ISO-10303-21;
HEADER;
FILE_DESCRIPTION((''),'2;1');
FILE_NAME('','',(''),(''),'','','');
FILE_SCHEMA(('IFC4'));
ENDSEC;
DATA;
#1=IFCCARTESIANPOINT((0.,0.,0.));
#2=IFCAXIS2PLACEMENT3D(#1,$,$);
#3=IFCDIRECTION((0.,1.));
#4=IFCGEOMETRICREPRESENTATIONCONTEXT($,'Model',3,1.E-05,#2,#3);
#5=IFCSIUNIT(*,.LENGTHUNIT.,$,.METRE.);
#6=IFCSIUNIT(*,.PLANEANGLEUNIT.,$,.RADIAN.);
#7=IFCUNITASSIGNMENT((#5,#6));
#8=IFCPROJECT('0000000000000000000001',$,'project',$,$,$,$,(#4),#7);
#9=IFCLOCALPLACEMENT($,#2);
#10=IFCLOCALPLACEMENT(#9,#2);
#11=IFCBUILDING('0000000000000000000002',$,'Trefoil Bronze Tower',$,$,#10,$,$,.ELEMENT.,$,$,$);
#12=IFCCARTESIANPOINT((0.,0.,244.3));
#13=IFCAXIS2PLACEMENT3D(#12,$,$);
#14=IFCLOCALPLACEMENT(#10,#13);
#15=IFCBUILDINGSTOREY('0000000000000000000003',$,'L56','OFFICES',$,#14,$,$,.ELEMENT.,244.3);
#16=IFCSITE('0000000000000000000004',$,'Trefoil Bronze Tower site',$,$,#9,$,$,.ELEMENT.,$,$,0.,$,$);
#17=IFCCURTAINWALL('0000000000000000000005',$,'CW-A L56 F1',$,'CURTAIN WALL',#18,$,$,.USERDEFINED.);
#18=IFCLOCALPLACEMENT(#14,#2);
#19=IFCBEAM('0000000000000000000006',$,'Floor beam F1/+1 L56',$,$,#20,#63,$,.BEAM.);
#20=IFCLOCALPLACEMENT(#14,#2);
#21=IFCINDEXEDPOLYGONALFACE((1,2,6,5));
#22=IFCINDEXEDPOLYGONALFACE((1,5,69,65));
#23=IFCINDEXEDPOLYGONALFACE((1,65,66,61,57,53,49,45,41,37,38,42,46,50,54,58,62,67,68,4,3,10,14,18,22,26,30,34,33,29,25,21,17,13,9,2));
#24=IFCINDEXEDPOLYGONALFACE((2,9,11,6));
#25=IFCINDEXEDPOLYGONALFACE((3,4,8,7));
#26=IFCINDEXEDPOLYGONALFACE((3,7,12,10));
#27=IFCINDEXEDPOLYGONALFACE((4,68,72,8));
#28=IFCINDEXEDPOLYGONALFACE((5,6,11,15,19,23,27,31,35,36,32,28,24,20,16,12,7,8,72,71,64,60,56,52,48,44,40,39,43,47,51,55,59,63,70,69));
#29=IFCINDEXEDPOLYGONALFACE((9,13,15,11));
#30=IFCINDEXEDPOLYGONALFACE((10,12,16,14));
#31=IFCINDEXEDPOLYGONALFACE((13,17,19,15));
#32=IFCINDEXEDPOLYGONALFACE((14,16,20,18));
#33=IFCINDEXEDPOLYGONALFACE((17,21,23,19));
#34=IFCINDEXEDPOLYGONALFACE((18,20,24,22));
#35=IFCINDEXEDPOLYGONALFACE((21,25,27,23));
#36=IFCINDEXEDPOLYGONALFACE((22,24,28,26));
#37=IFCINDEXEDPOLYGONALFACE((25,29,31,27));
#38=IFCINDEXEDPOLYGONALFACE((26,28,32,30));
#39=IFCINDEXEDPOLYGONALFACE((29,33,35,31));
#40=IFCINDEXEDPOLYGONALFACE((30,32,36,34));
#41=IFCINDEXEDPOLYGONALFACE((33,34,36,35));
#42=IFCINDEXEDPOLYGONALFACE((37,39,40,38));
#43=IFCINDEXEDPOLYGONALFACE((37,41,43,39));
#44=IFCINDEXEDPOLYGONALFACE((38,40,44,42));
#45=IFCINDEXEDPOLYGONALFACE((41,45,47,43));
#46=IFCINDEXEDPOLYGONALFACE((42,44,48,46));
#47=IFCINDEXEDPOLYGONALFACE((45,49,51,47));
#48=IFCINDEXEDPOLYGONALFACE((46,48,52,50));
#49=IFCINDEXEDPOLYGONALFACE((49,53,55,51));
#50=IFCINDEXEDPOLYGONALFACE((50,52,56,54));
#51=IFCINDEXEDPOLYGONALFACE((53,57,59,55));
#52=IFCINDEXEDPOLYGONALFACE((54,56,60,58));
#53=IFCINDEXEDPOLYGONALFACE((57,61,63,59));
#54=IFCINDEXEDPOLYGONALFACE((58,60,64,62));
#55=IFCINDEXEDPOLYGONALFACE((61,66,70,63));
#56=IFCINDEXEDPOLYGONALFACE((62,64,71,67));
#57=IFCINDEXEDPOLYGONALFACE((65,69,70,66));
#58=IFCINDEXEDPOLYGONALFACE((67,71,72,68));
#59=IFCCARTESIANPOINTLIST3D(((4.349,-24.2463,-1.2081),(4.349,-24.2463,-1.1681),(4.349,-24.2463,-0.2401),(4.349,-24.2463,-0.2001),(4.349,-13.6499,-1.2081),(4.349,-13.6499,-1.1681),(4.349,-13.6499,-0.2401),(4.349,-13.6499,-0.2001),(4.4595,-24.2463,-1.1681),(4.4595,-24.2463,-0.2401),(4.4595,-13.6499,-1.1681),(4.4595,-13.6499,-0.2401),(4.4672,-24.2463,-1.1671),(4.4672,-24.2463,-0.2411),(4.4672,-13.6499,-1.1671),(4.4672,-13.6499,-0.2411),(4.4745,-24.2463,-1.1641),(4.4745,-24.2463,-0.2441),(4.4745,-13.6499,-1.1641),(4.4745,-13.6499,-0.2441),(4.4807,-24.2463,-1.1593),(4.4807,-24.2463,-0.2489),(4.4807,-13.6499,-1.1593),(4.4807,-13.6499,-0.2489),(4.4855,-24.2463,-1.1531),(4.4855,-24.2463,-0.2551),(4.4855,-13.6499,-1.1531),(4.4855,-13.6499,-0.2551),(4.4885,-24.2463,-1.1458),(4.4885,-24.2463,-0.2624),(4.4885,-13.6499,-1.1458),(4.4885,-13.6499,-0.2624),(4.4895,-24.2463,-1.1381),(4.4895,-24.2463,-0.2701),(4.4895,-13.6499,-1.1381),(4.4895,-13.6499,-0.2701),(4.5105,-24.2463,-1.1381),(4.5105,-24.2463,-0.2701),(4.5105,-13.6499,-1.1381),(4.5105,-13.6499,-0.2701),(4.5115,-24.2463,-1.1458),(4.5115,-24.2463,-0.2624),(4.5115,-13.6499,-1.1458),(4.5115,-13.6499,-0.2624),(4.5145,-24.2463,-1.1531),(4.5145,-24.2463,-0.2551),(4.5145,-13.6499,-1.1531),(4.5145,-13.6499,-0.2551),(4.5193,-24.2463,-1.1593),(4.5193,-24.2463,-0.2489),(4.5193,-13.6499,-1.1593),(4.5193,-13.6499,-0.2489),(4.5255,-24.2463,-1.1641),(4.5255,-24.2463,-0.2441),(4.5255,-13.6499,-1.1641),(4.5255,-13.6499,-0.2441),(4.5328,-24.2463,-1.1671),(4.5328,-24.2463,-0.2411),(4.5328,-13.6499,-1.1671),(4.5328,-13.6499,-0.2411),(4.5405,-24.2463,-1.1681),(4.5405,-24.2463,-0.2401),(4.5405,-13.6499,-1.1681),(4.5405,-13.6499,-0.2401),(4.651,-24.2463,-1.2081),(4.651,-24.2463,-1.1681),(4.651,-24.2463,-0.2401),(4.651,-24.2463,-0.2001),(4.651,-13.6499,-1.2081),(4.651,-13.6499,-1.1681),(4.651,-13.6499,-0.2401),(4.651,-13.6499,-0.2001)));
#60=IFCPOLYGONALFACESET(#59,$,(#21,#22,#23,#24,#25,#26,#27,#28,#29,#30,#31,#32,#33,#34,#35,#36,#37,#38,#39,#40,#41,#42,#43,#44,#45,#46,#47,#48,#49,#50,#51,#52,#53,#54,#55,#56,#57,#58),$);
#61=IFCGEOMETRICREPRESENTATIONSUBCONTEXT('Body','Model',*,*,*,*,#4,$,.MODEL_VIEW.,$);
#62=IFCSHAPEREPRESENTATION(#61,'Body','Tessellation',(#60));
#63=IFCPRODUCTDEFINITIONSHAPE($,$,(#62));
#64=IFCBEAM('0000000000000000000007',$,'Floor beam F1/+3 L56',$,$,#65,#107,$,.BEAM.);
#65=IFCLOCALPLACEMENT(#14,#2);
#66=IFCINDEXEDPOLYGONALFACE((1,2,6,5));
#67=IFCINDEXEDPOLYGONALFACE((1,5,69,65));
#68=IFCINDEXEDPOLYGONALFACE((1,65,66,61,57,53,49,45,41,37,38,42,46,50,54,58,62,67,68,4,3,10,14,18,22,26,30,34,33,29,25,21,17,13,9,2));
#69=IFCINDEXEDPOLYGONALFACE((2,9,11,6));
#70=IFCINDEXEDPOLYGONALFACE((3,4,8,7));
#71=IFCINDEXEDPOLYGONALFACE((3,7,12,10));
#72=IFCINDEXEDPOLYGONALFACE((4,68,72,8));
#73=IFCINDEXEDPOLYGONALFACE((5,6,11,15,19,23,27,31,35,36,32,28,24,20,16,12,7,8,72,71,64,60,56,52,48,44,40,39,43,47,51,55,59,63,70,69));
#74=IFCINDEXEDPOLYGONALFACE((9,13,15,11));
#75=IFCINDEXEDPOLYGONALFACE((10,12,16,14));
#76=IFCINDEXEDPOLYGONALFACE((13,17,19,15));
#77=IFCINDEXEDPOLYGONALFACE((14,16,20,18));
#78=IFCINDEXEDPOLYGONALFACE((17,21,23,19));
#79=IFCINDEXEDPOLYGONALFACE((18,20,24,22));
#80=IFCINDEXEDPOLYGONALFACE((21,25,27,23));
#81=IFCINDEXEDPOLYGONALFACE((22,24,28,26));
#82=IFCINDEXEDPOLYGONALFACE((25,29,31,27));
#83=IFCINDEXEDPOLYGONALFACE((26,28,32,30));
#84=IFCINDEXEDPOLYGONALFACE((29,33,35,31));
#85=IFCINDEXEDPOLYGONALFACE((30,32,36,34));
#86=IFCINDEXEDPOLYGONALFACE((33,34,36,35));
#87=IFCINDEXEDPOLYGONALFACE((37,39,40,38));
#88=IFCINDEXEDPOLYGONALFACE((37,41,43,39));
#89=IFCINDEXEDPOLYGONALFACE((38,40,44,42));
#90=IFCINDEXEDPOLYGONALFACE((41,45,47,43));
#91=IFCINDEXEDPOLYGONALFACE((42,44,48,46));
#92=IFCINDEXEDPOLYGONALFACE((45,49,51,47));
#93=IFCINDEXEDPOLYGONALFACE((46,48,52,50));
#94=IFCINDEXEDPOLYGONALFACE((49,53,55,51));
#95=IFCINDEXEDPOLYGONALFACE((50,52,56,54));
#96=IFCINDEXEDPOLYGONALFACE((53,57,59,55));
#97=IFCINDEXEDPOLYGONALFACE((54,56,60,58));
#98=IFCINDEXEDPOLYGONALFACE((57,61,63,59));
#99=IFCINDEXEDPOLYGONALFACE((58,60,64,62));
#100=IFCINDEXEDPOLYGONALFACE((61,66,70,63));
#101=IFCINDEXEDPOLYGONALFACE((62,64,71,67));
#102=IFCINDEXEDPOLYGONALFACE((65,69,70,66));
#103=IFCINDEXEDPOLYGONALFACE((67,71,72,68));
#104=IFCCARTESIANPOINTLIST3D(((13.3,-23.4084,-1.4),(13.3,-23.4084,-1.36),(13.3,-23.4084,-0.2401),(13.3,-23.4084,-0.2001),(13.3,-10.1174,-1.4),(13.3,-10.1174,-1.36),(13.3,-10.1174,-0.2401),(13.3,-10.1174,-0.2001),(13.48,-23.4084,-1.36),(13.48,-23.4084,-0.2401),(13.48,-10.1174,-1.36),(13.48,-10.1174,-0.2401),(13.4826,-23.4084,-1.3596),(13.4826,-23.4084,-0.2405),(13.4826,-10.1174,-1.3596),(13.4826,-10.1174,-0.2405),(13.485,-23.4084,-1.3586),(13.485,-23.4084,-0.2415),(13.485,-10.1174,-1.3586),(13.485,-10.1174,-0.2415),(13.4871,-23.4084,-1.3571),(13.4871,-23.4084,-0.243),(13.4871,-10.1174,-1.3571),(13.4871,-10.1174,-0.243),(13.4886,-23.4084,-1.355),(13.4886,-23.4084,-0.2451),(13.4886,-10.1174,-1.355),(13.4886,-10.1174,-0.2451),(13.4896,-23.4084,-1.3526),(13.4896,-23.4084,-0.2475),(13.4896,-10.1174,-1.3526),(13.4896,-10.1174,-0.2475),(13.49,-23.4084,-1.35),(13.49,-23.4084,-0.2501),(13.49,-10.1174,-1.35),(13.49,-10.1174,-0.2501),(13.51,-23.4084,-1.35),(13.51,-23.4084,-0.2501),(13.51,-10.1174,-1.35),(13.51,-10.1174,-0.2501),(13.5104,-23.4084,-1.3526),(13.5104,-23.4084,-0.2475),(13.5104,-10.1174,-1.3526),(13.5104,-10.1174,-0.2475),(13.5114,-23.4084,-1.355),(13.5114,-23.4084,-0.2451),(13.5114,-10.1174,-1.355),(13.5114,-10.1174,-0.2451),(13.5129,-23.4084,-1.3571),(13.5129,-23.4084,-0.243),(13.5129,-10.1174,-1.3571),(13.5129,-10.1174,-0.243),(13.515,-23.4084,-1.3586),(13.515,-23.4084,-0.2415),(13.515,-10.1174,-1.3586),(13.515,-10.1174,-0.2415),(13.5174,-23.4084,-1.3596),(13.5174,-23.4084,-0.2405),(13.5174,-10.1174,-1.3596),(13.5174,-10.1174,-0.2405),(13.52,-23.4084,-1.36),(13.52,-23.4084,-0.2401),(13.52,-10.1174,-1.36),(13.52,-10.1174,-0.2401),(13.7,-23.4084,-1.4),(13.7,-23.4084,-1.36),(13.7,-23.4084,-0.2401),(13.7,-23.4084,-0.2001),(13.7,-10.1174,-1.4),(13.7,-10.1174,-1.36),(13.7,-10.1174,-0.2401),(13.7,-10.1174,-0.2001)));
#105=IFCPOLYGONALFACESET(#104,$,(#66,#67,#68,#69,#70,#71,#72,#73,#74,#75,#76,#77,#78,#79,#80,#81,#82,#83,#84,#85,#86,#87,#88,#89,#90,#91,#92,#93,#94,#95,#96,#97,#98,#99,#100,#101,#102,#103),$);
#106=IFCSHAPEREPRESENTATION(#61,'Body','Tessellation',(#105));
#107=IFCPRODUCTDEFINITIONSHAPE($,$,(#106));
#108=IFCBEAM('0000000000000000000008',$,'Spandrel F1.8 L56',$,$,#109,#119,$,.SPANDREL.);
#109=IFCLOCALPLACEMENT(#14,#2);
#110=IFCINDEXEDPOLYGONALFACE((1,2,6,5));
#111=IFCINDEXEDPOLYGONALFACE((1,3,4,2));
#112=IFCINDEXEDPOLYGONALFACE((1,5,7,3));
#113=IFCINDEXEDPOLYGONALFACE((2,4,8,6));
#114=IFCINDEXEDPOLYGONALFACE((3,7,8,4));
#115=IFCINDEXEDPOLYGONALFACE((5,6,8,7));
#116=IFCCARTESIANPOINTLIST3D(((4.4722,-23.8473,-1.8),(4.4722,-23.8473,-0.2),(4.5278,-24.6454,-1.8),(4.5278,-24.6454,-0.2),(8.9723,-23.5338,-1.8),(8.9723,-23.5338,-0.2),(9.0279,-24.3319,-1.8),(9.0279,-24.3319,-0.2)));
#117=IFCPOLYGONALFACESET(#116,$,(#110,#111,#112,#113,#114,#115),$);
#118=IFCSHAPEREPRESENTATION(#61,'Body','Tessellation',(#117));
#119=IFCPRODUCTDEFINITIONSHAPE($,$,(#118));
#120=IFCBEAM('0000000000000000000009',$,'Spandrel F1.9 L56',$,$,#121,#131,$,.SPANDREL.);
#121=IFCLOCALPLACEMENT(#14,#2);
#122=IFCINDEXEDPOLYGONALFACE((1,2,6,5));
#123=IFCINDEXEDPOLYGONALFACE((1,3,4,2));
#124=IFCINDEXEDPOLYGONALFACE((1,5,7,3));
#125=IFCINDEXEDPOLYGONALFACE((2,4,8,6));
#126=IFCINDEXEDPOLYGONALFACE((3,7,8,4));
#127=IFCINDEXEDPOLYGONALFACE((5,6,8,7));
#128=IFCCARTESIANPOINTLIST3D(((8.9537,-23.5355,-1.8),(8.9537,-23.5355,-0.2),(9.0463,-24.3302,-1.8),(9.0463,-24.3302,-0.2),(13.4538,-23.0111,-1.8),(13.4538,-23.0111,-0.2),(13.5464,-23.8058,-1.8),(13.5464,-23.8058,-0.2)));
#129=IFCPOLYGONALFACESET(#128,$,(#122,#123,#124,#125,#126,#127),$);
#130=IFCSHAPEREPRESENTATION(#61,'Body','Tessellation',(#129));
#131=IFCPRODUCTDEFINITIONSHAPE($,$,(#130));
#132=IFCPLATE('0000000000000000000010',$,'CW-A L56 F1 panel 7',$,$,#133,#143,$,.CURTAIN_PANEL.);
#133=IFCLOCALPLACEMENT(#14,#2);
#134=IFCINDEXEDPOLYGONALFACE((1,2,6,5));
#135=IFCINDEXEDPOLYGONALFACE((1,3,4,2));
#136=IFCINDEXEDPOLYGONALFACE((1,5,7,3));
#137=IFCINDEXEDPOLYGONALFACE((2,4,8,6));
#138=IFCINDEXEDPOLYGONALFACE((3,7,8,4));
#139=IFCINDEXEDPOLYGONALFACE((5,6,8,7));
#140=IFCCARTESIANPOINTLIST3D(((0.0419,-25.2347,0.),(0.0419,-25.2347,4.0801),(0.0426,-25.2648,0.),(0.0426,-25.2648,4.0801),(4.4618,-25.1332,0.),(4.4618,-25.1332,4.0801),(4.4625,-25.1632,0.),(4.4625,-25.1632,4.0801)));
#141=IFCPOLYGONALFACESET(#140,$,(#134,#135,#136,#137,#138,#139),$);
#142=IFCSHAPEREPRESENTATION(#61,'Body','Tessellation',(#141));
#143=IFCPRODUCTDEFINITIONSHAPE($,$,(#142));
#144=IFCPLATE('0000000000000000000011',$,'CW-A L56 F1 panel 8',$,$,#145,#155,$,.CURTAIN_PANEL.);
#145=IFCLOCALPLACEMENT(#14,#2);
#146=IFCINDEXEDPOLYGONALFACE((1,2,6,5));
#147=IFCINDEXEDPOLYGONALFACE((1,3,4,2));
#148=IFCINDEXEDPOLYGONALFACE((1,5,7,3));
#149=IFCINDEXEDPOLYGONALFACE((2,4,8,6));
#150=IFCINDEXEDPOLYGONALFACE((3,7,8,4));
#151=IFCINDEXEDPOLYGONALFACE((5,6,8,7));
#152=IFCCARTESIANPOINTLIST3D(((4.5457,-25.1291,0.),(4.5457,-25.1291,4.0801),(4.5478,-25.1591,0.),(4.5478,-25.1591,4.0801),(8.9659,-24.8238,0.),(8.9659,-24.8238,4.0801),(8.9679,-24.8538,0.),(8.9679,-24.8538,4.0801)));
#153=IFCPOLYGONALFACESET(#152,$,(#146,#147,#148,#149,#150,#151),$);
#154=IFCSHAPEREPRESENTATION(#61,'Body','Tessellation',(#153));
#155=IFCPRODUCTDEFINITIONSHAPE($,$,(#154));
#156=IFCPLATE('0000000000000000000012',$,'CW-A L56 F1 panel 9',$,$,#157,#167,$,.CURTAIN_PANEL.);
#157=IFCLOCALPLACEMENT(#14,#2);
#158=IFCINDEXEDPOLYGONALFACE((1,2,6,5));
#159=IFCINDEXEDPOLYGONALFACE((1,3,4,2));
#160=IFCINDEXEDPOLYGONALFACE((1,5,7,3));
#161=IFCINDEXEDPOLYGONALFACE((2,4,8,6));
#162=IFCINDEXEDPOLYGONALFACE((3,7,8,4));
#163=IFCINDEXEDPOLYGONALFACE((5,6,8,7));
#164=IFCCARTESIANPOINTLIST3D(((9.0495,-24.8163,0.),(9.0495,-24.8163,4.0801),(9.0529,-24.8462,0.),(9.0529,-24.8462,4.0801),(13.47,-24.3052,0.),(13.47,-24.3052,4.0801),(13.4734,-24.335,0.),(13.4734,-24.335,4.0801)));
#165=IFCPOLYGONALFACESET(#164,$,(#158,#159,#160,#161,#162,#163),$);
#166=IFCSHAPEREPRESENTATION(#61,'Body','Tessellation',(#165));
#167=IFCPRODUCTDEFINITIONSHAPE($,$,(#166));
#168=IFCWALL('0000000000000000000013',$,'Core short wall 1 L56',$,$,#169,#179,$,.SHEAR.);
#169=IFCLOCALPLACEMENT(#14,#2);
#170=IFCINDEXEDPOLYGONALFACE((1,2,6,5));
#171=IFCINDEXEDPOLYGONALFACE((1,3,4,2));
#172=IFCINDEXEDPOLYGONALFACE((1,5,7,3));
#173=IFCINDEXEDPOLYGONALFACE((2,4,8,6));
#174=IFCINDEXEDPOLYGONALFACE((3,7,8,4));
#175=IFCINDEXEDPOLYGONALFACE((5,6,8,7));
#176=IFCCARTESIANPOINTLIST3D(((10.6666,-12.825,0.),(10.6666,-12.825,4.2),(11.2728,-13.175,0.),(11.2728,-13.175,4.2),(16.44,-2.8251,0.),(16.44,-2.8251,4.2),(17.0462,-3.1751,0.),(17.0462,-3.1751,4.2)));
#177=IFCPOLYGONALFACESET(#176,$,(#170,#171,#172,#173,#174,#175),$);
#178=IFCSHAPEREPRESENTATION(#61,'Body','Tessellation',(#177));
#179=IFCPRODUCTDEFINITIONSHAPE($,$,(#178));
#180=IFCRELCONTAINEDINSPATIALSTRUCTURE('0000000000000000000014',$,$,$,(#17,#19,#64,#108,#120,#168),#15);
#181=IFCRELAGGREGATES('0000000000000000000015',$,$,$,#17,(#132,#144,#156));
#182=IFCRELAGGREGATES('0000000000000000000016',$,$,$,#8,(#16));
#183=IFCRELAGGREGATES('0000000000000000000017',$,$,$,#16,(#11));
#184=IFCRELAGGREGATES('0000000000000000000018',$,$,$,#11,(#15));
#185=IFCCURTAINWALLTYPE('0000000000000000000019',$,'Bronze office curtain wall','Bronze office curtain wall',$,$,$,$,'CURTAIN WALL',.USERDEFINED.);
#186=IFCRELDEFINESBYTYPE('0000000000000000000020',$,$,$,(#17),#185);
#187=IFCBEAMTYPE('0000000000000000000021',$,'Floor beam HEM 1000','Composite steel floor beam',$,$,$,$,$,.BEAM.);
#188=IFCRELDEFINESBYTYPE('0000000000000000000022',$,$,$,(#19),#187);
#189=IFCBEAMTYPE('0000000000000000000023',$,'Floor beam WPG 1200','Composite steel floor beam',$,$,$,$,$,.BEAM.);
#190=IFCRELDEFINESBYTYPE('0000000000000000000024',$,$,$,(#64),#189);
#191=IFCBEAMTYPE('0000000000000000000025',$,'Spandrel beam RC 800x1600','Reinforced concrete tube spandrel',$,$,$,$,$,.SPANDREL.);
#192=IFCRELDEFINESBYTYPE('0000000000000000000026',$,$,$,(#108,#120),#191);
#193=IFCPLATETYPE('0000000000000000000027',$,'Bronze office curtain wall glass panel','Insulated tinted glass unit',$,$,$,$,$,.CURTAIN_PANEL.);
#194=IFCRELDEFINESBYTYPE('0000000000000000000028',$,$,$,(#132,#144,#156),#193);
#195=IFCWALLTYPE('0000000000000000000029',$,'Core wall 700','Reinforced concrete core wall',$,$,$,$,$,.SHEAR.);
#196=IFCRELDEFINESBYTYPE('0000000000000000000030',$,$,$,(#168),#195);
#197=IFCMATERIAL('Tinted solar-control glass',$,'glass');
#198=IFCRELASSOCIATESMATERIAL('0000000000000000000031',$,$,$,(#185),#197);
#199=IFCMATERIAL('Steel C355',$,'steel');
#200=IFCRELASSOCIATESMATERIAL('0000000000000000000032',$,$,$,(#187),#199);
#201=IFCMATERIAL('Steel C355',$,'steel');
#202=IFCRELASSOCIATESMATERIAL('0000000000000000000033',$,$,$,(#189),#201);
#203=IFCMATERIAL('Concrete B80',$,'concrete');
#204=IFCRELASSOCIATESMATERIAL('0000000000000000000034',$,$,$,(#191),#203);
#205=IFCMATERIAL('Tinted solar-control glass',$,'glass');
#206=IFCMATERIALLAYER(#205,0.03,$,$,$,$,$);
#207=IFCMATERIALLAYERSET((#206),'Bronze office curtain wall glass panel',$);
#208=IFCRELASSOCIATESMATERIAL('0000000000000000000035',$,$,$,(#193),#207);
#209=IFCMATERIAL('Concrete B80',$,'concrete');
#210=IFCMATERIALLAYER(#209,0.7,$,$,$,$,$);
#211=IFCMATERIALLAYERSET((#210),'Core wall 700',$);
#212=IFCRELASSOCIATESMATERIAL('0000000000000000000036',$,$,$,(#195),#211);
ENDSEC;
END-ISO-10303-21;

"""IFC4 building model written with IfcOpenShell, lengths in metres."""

from ifc_helpers import new_model, si_unit, direction, frame, frame_2d, origin, origin_2d, place, context, subcontext, project, spatial, rectangle, i_section, extrude, material, layer, layer_set, material_profile, profile_set, type_object, element, aggregate, save


model = new_model("IFC4")

# Units and contexts
model_context = context("Model", 3, precision=1e-05, world=origin(), true_north=direction((0.0, 1.0)))
body_context = subcontext(model_context, "Body", "Model", "MODEL_VIEW")
ifc_project = project(units=[si_unit("LENGTHUNIT", "METRE"), si_unit("PLANEANGLEUNIT", "RADIAN")], contexts=[model_context])

# Site, building, storey
site_placement = place(None, origin())
site = spatial("IfcSite", under=ifc_project, at=site_placement, Name="Trefoil Bronze Tower site", CompositionType="ELEMENT", RefElevation=0.0)
building_placement = place(site_placement, origin())
building = spatial("IfcBuilding", under=site, at=building_placement, Name="Trefoil Bronze Tower", CompositionType="ELEMENT")
storey_placement = place(building_placement, frame((0.0, 0.0, 244.3)))
storey = spatial("IfcBuildingStorey", under=building, at=storey_placement, Name="L56", Description="OFFICES", CompositionType="ELEMENT", Elevation=244.3)

# Curtain wall
ifc_material_1 = material(Name="Tinted solar-control glass", Category="glass")
curtain_wall_type = type_object("IfcCurtainWallType", Name="Bronze office curtain wall", Description="Bronze office curtain wall", ElementType="CURTAIN WALL", PredefinedType="USERDEFINED", material=ifc_material_1)
curtain_wall_placement = place(storey_placement, origin())
curtain_wall = element("IfcCurtainWall", 1, at=curtain_wall_placement, inside=storey, type_object=curtain_wall_type, Name="CW-A L56 F1", ObjectType="CURTAIN WALL", PredefinedType="USERDEFINED")

# Beams
ifc_material_2 = material(Name="Steel C355", Category="steel")
ifc_material_profile_1 = material_profile(ifc_material_2, i_section(OverallWidth=0.302, OverallDepth=1.0081, WebThickness=0.021, FlangeThickness=0.04, FilletRadius=0.03, at=origin_2d()), Name="HEM 1000")
ifc_profile_set_1 = profile_set([ifc_material_profile_1], Name="Steel C355")
beam_type_1 = type_object("IfcBeamType", Name="Floor beam HEM 1000", Description="Composite steel floor beam", PredefinedType="BEAM", material=ifc_profile_set_1)
beam_1_placement = place(storey_placement, frame((4.5, -24.2463, -0.7041), z_axis=(0.0, 1.0, 0.0), x_axis=(-1.0, 0.0, 0.0)))
element("IfcBeam", 2, at=beam_1_placement, inside=storey, type_object=beam_type_1, Name="Floor beam F1/+1 L56", PredefinedType="BEAM", context=body_context, shape_type="SweptSolid", body=[
    extrude(i_section(OverallWidth=0.302, OverallDepth=1.0081, WebThickness=0.021, FlangeThickness=0.04, FilletRadius=0.03, at=origin_2d()), origin(), (0.0, 0.0, 1.0), 10.5964),
])
ifc_material_3 = material(Name="Steel C355", Category="steel")
ifc_material_profile_2 = material_profile(ifc_material_3, i_section(OverallWidth=0.3999, OverallDepth=1.2, WebThickness=0.02, FlangeThickness=0.04, FilletRadius=0.01, at=origin_2d()), Name="WPG 1200")
ifc_profile_set_2 = profile_set([ifc_material_profile_2], Name="Steel C355")
beam_type_2 = type_object("IfcBeamType", Name="Floor beam WPG 1200", Description="Composite steel floor beam", PredefinedType="BEAM", material=ifc_profile_set_2)
beam_2_placement = place(storey_placement, frame((13.5, -23.4084, -0.8), z_axis=(0.0, 1.0, 0.0), x_axis=(-1.0, 0.0, 0.0)))
element("IfcBeam", 3, at=beam_2_placement, inside=storey, type_object=beam_type_2, Name="Floor beam F1/+3 L56", PredefinedType="BEAM", context=body_context, shape_type="SweptSolid", body=[
    extrude(i_section(OverallWidth=0.3999, OverallDepth=1.2, WebThickness=0.02, FlangeThickness=0.04, FilletRadius=0.01, at=origin_2d()), origin(), (0.0, 0.0, 1.0), 13.291),
])
ifc_material_4 = material(Name="Concrete B80", Category="concrete")
ifc_material_profile_3 = material_profile(ifc_material_4, rectangle(XDim=0.8, YDim=1.6001, at=origin_2d()), Name="RC 800x1600")
ifc_profile_set_3 = profile_set([ifc_material_profile_3], Name="Concrete B80")
beam_type_3 = type_object("IfcBeamType", Name="Spandrel beam RC 800x1600", Description="Reinforced concrete tube spandrel", PredefinedType="SPANDREL", material=ifc_profile_set_3)
beam_3_placement = place(storey_placement, frame((4.5, -24.2463, -1.0), z_axis=(0.997582, 0.069493, 0.0), x_axis=(-0.069493, 0.997582, 0.0)))
element("IfcBeam", 4, at=beam_3_placement, inside=storey, type_object=beam_type_3, Name="Spandrel F1.8 L56", PredefinedType="SPANDREL", context=body_context, shape_type="SweptSolid", body=[
    extrude(rectangle(XDim=0.8, YDim=1.6001, at=origin_2d()), origin(), (0.0, 0.0, 1.0), 4.511),
])
beam_4_placement = place(storey_placement, frame((9.0, -23.9329, -1.0), z_axis=(0.993278, 0.115753, 0.0), x_axis=(-0.115753, 0.993278, 0.0)))
element("IfcBeam", 5, at=beam_4_placement, inside=storey, type_object=beam_type_3, Name="Spandrel F1.9 L56", PredefinedType="SPANDREL", context=body_context, shape_type="SweptSolid", body=[
    extrude(rectangle(XDim=0.8, YDim=1.6001, at=origin_2d()), origin(), (0.0, 0.0, 1.0), 4.5305),
])

# Plates
ifc_material_5 = material(Name="Tinted solar-control glass", Category="glass")
ifc_layer_1 = layer(ifc_material_5, 0.03)
ifc_layer_set_1 = layer_set([ifc_layer_1], Name="Bronze office curtain wall glass panel")
plate_type = type_object("IfcPlateType", Name="Bronze office curtain wall glass panel", Description="Insulated tinted glass unit", PredefinedType="CURTAIN_PANEL", material=ifc_layer_set_1)
plate_1_placement = place(storey_placement, frame((2.2522, -25.199, 0.0), z_axis=(0.0, 0.0, 1.0), x_axis=(0.999736, 0.022972, 0.0)))
plate_1 = element("IfcPlate", 6, at=plate_1_placement, type_object=plate_type, Name="CW-A L56 F1 panel 7", PredefinedType="CURTAIN_PANEL", context=body_context, shape_type="SweptSolid", body=[
    extrude(rectangle(XDim=4.4211, YDim=0.03, at=origin_2d()), origin(), (0.0, 0.0, 1.0), 4.0801),
])
plate_2_placement = place(storey_placement, frame((6.7568, -24.9915, 0.0), z_axis=(0.0, 0.0, 1.0), x_axis=(0.997623, 0.068915, 0.0)))
plate_2 = element("IfcPlate", 7, at=plate_2_placement, type_object=plate_type, Name="CW-A L56 F1 panel 8", PredefinedType="CURTAIN_PANEL", context=body_context, shape_type="SweptSolid", body=[
    extrude(rectangle(XDim=4.4307, YDim=0.03, at=origin_2d()), origin(), (0.0, 0.0, 1.0), 4.0801),
])
plate_3_placement = place(storey_placement, frame((11.2615, -24.5757, 0.0), z_axis=(0.0, 0.0, 1.0), x_axis=(0.993382, 0.114859, 0.0)))
plate_3 = element("IfcPlate", 8, at=plate_3_placement, type_object=plate_type, Name="CW-A L56 F1 panel 9", PredefinedType="CURTAIN_PANEL", context=body_context, shape_type="SweptSolid", body=[
    extrude(rectangle(XDim=4.45, YDim=0.03, at=origin_2d()), origin(), (0.0, 0.0, 1.0), 4.0801),
])
aggregate(curtain_wall, [plate_1, plate_2, plate_3])

# Wall
ifc_material_6 = material(Name="Concrete B80", Category="concrete")
ifc_layer_2 = layer(ifc_material_6, 0.7)
ifc_layer_set_2 = layer_set([ifc_layer_2], Name="Core wall 700")
wall_type_1 = type_object("IfcWallType", Name="Core wall 700", Description="Reinforced concrete core wall", PredefinedType="SHEAR", material=ifc_layer_set_2)
wall_1_placement = place(storey_placement, frame((10.9697, -13.0, 0.0), z_axis=(0.0, 0.0, 1.0), x_axis=(0.499996, 0.866028, 0.0)))
element("IfcWall", 9, at=wall_1_placement, inside=storey, type_object=wall_type_1, Name="Core short wall 1 L56", PredefinedType="SHEAR", context=body_context, shape_type="SweptSolid", body=[
    extrude(rectangle(XDim=11.5469, YDim=0.7, at=frame_2d((5.7734, 0.0))), origin(), (0.0, 0.0, 1.0), 4.2),
])

save(model, "model.ifc")
